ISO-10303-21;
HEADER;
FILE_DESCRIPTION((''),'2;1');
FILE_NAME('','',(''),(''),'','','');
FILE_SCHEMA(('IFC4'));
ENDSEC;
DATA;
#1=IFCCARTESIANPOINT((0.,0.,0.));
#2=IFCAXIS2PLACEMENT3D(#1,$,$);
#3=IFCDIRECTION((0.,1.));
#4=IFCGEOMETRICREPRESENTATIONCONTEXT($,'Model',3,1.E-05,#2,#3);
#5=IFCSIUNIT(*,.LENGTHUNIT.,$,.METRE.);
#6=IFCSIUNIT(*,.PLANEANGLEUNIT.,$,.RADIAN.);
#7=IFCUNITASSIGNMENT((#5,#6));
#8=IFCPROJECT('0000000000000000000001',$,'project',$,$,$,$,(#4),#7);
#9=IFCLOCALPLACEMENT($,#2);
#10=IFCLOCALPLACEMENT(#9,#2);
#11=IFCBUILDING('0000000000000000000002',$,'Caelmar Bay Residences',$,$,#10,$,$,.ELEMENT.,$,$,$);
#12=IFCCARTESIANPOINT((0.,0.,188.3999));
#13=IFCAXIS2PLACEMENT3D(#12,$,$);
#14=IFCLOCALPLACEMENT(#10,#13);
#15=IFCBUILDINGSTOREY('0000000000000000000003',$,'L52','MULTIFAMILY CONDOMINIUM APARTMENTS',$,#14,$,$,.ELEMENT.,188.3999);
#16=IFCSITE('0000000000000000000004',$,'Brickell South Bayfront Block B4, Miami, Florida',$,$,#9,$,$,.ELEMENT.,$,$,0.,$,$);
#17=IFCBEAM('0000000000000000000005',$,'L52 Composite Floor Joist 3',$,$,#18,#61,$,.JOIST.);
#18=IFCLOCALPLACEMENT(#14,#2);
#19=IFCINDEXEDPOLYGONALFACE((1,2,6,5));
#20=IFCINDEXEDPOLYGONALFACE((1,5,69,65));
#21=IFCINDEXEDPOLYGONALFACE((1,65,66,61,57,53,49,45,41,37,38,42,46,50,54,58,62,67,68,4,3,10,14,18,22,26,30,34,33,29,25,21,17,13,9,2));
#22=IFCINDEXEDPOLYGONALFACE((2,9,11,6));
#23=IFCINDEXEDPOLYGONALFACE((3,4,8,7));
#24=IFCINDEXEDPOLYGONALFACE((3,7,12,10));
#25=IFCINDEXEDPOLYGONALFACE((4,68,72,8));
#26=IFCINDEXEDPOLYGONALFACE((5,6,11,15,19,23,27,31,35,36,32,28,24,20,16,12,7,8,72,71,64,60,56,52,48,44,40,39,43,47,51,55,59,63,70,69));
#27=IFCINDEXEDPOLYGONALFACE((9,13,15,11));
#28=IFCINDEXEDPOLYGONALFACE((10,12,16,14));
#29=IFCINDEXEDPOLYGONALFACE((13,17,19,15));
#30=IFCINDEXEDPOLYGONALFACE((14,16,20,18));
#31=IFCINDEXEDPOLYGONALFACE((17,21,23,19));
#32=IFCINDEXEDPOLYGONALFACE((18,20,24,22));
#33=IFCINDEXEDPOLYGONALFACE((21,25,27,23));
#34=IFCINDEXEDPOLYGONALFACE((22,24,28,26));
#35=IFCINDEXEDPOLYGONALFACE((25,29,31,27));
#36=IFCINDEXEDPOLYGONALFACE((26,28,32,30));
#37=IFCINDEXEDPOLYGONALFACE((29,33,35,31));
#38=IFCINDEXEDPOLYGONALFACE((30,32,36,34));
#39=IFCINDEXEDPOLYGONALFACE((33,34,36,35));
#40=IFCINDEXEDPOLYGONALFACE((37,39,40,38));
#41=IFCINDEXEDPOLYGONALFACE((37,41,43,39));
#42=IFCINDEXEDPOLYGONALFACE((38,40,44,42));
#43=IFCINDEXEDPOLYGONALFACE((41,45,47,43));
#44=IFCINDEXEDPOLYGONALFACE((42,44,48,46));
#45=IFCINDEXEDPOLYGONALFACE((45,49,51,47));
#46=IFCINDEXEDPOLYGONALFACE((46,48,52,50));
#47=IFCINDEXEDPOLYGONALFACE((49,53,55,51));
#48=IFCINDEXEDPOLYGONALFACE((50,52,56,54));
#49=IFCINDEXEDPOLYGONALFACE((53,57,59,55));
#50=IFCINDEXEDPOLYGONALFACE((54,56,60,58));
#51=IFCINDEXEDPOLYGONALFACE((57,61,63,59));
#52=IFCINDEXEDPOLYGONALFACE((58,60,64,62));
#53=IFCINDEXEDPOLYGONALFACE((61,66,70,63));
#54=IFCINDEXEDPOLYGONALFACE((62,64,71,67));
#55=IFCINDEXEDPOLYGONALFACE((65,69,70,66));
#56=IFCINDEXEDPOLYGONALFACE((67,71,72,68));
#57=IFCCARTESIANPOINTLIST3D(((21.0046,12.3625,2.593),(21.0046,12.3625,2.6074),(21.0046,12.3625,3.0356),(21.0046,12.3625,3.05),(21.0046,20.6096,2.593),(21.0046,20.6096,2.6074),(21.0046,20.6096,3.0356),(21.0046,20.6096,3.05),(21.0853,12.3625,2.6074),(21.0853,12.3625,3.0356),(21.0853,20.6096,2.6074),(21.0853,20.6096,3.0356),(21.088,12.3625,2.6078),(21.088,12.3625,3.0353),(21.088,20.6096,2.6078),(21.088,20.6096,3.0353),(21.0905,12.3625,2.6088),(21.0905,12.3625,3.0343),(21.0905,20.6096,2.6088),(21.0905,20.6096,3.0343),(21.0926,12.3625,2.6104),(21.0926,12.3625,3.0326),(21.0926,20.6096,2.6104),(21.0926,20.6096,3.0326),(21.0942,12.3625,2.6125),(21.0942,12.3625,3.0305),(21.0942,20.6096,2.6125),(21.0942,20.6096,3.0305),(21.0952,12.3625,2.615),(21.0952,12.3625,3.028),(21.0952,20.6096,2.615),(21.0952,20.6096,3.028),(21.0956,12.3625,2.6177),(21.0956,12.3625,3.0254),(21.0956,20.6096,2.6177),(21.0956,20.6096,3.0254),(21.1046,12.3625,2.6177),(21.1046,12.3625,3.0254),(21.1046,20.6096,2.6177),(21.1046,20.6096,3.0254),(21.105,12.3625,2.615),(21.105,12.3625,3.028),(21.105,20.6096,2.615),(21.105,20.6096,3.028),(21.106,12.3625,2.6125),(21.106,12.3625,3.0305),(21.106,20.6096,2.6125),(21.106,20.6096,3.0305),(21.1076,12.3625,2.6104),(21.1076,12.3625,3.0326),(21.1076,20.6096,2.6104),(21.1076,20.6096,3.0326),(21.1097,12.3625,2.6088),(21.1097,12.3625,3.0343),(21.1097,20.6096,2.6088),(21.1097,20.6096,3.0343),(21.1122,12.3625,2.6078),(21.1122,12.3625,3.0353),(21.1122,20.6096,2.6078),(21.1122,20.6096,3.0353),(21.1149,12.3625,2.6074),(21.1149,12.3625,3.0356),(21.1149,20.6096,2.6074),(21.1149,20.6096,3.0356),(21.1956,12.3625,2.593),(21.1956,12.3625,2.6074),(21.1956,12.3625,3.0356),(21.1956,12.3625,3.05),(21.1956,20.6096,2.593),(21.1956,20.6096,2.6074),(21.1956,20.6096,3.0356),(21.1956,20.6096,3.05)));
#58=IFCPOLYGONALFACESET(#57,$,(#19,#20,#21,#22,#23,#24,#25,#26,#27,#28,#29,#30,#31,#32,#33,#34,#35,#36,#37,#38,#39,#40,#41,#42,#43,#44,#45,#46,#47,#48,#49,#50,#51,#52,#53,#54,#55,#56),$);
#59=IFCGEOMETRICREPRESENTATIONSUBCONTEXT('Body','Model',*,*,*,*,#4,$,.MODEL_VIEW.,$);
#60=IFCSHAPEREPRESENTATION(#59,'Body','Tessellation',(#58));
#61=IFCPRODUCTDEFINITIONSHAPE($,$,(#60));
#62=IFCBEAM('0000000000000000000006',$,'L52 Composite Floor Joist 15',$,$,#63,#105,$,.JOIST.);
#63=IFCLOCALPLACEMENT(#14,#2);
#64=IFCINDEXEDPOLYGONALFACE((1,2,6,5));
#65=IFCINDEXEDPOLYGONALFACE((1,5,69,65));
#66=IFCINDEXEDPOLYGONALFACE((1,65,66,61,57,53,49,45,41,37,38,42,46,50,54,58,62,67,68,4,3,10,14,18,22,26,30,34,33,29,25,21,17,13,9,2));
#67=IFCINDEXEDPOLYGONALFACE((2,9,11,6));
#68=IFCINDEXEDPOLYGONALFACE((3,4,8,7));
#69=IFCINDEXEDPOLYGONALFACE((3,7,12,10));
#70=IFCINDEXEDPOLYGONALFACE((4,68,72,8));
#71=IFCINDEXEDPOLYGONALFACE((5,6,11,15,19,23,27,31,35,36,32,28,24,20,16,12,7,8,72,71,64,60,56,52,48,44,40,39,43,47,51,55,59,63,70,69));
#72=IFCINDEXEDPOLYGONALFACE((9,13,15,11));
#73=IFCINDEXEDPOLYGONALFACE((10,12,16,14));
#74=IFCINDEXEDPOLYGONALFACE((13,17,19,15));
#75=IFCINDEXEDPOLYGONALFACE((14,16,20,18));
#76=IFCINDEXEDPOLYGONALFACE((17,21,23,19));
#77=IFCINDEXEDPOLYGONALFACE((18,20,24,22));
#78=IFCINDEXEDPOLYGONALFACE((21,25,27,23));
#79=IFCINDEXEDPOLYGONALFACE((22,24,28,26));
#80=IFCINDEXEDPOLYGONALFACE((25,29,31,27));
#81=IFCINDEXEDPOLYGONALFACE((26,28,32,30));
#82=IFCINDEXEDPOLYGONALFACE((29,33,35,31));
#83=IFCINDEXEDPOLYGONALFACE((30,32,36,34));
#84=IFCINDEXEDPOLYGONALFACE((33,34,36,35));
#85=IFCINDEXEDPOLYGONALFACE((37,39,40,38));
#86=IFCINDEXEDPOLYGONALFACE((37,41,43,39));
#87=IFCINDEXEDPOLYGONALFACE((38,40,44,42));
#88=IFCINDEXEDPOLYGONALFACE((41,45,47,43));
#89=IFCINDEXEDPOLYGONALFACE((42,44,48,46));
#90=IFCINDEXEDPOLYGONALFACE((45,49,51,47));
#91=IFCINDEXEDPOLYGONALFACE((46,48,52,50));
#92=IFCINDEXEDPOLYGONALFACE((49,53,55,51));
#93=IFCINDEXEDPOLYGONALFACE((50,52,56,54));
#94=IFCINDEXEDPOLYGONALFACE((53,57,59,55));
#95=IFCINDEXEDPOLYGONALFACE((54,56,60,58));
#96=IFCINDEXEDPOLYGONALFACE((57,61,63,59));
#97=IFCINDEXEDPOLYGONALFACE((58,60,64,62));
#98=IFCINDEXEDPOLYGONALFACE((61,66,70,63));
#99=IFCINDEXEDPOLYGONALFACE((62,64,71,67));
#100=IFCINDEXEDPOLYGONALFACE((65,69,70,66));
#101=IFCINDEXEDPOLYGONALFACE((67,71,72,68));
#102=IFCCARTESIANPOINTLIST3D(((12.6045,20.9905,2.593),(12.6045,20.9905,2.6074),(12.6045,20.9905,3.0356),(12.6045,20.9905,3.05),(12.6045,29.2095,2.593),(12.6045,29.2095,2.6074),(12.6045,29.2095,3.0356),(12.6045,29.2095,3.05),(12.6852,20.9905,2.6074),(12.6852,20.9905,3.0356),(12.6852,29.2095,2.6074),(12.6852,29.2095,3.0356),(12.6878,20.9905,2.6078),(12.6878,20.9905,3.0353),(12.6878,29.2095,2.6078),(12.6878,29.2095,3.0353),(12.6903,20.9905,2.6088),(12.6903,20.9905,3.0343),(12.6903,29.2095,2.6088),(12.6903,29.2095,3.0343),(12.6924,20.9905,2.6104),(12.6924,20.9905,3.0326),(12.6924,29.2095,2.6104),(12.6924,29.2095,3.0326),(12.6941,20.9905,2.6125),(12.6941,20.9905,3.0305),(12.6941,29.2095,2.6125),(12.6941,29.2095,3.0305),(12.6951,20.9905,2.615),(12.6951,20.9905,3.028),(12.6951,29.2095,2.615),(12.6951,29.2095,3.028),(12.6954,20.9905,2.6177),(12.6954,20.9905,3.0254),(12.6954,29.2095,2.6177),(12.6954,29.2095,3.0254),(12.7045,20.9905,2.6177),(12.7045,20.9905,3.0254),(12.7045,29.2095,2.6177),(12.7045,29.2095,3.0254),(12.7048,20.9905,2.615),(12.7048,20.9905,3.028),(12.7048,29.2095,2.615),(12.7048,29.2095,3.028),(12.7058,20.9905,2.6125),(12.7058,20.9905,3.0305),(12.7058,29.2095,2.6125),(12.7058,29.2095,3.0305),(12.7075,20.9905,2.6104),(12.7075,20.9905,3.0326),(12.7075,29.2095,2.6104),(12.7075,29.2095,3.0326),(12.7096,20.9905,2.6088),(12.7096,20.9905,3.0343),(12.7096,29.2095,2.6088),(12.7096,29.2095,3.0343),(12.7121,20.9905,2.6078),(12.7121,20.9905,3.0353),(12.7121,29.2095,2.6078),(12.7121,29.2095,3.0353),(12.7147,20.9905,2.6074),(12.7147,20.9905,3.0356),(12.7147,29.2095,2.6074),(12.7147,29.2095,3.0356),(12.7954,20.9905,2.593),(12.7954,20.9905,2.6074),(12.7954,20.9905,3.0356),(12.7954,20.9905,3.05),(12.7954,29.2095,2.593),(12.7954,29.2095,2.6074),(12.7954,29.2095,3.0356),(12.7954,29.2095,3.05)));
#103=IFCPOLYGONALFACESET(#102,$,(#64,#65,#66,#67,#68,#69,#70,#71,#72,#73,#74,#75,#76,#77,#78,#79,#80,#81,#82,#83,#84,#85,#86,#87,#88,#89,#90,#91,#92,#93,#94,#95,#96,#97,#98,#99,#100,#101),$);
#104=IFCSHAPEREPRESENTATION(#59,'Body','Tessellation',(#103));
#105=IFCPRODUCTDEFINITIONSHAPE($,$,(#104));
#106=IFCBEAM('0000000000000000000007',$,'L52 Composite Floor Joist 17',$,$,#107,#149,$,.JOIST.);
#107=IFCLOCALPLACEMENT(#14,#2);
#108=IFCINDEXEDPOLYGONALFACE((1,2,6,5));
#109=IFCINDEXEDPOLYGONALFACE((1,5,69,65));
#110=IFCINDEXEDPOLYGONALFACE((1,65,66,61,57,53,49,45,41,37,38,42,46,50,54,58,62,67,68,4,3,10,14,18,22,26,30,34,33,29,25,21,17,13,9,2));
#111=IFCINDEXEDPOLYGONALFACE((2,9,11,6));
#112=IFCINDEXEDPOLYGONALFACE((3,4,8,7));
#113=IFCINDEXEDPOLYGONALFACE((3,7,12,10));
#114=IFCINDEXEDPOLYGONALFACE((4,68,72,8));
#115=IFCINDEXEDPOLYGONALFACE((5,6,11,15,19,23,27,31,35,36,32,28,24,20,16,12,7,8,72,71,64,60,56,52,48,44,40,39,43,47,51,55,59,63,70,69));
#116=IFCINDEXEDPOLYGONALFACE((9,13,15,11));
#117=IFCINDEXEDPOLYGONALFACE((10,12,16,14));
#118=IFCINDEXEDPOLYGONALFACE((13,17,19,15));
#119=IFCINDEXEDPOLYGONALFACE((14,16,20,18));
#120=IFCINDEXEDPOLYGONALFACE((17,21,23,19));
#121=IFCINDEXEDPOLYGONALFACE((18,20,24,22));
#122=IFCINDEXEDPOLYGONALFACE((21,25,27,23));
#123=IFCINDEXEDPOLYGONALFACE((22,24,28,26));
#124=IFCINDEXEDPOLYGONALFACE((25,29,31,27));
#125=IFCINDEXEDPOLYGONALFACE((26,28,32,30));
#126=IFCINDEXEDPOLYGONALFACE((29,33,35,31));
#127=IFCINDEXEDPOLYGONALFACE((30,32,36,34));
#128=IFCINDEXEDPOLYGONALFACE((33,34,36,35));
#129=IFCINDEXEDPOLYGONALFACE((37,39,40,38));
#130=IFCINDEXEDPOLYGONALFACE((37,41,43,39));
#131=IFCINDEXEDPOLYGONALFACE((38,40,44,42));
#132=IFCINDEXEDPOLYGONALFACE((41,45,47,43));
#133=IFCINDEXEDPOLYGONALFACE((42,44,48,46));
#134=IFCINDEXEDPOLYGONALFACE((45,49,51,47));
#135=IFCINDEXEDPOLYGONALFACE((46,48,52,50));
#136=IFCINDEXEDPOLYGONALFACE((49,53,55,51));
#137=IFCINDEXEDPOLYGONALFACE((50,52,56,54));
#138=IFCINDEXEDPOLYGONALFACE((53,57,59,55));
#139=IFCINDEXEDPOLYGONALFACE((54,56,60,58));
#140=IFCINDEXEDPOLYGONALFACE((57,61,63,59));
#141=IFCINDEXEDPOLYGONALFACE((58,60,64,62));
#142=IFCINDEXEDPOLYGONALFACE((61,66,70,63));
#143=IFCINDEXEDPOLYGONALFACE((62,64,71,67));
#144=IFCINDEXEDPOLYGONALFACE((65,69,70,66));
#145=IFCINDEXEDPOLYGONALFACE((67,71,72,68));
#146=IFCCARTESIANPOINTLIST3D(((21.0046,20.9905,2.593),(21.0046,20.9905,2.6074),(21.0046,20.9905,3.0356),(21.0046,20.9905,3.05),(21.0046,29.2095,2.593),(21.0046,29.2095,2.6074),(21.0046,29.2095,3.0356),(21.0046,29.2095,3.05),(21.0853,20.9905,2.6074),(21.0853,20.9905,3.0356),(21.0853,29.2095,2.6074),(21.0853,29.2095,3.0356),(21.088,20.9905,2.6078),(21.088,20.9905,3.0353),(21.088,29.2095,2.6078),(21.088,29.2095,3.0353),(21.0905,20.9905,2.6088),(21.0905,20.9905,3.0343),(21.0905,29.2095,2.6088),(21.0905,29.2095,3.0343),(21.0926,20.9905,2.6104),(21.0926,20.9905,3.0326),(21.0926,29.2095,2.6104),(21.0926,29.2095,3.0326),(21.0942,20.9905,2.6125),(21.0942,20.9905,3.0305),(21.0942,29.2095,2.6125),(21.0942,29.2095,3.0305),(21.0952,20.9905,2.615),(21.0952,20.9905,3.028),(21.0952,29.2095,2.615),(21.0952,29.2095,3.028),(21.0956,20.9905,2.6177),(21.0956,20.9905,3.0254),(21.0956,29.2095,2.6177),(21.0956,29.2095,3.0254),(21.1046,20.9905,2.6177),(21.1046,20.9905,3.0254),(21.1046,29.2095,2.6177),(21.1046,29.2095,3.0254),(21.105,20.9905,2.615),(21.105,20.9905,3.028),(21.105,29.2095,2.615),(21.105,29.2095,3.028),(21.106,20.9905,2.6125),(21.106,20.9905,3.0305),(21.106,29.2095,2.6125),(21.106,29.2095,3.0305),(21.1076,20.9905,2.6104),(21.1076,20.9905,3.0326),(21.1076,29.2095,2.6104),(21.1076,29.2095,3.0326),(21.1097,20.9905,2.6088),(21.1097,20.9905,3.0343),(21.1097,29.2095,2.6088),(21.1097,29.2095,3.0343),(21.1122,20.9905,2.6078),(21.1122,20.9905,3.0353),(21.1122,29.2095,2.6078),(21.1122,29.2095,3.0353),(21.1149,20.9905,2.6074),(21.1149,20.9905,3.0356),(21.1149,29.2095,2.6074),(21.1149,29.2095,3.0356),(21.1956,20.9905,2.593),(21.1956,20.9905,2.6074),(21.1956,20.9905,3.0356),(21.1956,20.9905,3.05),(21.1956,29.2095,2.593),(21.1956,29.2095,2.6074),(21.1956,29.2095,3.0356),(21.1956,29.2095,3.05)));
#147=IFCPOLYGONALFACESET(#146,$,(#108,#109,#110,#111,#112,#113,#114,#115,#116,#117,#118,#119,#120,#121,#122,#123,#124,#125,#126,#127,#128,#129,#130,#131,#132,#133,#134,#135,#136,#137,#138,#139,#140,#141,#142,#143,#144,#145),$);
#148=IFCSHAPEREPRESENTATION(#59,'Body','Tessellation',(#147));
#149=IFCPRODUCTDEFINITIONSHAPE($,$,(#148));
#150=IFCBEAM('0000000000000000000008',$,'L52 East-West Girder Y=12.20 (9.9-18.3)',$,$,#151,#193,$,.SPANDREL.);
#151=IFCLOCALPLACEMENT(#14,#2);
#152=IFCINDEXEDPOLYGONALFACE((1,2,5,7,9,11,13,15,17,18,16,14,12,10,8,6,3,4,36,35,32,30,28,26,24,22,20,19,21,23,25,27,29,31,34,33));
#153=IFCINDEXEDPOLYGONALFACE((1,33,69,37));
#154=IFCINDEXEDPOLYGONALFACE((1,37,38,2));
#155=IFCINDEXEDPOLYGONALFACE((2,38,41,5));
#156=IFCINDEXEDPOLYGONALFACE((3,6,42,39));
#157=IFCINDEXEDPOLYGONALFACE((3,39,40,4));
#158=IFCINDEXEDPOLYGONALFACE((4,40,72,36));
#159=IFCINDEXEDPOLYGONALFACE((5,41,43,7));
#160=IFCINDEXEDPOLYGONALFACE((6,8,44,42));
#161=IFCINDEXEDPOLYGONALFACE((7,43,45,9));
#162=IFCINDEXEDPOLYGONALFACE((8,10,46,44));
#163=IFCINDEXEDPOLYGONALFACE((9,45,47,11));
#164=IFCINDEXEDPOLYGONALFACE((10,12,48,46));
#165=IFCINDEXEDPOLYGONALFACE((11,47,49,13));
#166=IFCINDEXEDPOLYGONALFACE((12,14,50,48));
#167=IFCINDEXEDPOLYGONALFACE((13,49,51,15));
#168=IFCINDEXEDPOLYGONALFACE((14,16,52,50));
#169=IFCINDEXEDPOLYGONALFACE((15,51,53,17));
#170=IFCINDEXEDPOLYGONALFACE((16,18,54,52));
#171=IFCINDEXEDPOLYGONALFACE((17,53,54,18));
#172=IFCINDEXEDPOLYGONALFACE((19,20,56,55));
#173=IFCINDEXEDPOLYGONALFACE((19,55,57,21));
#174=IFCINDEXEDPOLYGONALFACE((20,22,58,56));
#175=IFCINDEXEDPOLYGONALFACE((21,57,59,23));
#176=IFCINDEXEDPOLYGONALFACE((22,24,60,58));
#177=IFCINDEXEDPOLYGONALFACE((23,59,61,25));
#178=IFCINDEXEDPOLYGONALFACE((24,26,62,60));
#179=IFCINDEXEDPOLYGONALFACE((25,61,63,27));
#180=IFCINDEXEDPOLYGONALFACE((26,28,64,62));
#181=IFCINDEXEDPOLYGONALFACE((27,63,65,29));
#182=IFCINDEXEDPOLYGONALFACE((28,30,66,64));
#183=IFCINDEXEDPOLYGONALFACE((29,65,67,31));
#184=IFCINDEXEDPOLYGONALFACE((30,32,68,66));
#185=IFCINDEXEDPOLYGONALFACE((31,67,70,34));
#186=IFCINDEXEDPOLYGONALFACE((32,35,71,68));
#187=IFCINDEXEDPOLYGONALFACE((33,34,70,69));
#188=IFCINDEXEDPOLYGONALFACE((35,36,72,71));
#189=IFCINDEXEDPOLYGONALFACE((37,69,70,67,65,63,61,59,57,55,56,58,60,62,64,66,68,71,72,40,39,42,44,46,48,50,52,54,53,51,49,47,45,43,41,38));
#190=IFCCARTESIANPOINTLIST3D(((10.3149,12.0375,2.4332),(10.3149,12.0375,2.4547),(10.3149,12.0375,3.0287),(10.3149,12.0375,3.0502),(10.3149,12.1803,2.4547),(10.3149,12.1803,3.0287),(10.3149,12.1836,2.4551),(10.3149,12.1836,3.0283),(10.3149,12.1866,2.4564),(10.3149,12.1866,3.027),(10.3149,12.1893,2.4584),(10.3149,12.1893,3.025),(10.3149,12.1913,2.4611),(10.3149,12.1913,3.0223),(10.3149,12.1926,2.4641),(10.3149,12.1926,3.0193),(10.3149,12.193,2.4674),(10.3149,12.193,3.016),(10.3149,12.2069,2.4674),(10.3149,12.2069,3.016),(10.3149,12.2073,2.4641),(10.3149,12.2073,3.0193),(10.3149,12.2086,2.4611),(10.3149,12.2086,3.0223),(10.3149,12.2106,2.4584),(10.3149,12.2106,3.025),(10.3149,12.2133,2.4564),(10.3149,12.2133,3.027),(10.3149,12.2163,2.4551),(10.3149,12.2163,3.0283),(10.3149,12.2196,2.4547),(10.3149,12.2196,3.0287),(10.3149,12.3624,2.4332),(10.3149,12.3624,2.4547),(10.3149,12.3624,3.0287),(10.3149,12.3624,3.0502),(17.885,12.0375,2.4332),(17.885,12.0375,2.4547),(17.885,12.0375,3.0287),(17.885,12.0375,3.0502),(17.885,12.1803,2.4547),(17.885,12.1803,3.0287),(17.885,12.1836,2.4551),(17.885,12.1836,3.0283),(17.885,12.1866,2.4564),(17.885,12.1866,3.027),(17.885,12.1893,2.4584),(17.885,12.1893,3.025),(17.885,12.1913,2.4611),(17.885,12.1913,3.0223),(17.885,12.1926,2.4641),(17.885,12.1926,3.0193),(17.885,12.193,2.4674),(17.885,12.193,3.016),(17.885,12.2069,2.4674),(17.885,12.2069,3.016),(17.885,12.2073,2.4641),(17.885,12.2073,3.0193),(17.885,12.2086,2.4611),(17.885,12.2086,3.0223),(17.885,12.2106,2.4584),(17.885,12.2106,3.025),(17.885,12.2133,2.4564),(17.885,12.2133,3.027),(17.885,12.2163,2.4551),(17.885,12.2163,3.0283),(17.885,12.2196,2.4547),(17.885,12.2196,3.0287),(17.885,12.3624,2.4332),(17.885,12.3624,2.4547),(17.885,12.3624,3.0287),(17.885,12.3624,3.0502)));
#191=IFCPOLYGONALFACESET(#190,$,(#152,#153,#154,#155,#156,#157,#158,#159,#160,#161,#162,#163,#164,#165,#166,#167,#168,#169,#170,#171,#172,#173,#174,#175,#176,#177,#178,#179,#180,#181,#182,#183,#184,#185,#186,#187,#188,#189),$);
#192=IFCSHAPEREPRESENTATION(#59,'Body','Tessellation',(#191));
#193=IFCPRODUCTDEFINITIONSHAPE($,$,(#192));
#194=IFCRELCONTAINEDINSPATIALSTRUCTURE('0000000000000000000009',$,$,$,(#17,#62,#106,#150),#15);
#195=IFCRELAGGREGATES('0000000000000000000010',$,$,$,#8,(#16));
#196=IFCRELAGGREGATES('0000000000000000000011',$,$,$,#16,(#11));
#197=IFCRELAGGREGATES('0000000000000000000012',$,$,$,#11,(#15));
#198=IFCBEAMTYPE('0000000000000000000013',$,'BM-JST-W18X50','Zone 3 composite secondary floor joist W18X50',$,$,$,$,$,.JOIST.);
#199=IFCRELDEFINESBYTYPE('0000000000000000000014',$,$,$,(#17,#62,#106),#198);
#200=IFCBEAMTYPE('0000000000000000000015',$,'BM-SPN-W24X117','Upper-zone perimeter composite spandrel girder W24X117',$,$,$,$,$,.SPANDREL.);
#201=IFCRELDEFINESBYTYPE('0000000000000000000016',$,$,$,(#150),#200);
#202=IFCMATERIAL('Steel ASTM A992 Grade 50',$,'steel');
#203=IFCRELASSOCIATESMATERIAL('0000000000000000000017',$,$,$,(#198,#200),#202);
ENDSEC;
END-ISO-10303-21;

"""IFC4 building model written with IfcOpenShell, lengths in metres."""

from ifc_helpers import new_model, si_unit, direction, frame, origin, origin_2d, place, context, subcontext, project, spatial, i_section, extrude, material, material_profile, profile_set, type_object, element, save


model = new_model("IFC4")

# Units and contexts
model_context = context("Model", 3, precision=1e-05, world=origin(), true_north=direction((0.0, 1.0)))
body_context = subcontext(model_context, "Body", "Model", "MODEL_VIEW")
ifc_project = project(units=[si_unit("LENGTHUNIT", "METRE"), si_unit("PLANEANGLEUNIT", "RADIAN")], contexts=[model_context])

# Site, building, storey
site_placement = place(None, origin())
site = spatial("IfcSite", under=ifc_project, at=site_placement, Name="Brickell South Bayfront Block B4, Miami, Florida", CompositionType="ELEMENT", RefElevation=0.0)
building_placement = place(site_placement, origin())
building = spatial("IfcBuilding", under=site, at=building_placement, Name="Caelmar Bay Residences", CompositionType="ELEMENT")
storey_placement = place(building_placement, frame((0.0, 0.0, 188.3999)))
storey = spatial("IfcBuildingStorey", under=building, at=storey_placement, Name="L52", Description="MULTIFAMILY CONDOMINIUM APARTMENTS", CompositionType="ELEMENT", Elevation=188.3999)

# Beams
ifc_material_1 = material(Name="Steel ASTM A992 Grade 50", Category="steel")
ifc_material_profile_1 = material_profile(ifc_material_1, i_section(OverallWidth=0.1909, OverallDepth=0.457, WebThickness=0.009, FlangeThickness=0.0144, FilletRadius=0.0103, at=origin_2d()), Name="W18X50")
ifc_profile_set_1 = profile_set([ifc_material_profile_1], Name="Steel ASTM A992 Grade 50")
beam_type_1 = type_object("IfcBeamType", Name="BM-JST-W18X50", Description="Zone 3 composite secondary floor joist W18X50", PredefinedType="JOIST", material=ifc_profile_set_1)
for number, where, z_axis, x_axis, name in (
    (1, (21.1001, 12.3625, 2.8215), (0.0, 1.0, 0.0), (-1.0, 0.0, 0.0), "L52 Composite Floor Joist 3"),
):
    element("IfcBeam", number, at=place(storey_placement, frame(where, z_axis=z_axis, x_axis=x_axis)), inside=storey, type_object=beam_type_1, Name=name, PredefinedType="JOIST", context=body_context, shape_type="SweptSolid", body=[
        extrude(i_section(OverallWidth=0.1909, OverallDepth=0.457, WebThickness=0.009, FlangeThickness=0.0144, FilletRadius=0.0103, at=origin_2d()), origin(), (0.0, 0.0, 1.0), 8.2471),
    ])
for number, where, z_axis, x_axis, name in (
    (2, (12.7, 20.9905, 2.8215), (0.0, 1.0, 0.0), (-1.0, 0.0, 0.0), "L52 Composite Floor Joist 15"),
    (3, (21.1001, 20.9905, 2.8215), (0.0, 1.0, 0.0), (-1.0, 0.0, 0.0), "L52 Composite Floor Joist 17"),
):
    element("IfcBeam", number, at=place(storey_placement, frame(where, z_axis=z_axis, x_axis=x_axis)), inside=storey, type_object=beam_type_1, Name=name, PredefinedType="JOIST", context=body_context, shape_type="SweptSolid", body=[
        extrude(i_section(OverallWidth=0.1909, OverallDepth=0.457, WebThickness=0.009, FlangeThickness=0.0144, FilletRadius=0.0103, at=origin_2d()), origin(), (0.0, 0.0, 1.0), 8.219),
    ])
ifc_material_profile_2 = material_profile(ifc_material_1, i_section(OverallWidth=0.325, OverallDepth=0.6169, WebThickness=0.0139, FlangeThickness=0.0215, FilletRadius=0.0127, at=origin_2d()), Name="W24X117")
ifc_profile_set_2 = profile_set([ifc_material_profile_2], Name="Steel ASTM A992 Grade 50")
beam_type_2 = type_object("IfcBeamType", Name="BM-SPN-W24X117", Description="Upper-zone perimeter composite spandrel girder W24X117", PredefinedType="SPANDREL", material=ifc_profile_set_2)
beam_1_placement = place(storey_placement, frame((10.3149, 12.2, 2.7417), z_axis=(1.0, 0.0, 0.0), x_axis=(0.0, 1.0, 0.0)))
element("IfcBeam", 4, at=beam_1_placement, inside=storey, type_object=beam_type_2, Name="L52 East-West Girder Y=12.20 (9.9-18.3)", PredefinedType="SPANDREL", context=body_context, shape_type="SweptSolid", body=[
    extrude(i_section(OverallWidth=0.325, OverallDepth=0.6169, WebThickness=0.0139, FlangeThickness=0.0215, FilletRadius=0.0127, at=origin_2d()), origin(), (0.0, 0.0, 1.0), 7.5701),
])

save(model, "model.ifc")
